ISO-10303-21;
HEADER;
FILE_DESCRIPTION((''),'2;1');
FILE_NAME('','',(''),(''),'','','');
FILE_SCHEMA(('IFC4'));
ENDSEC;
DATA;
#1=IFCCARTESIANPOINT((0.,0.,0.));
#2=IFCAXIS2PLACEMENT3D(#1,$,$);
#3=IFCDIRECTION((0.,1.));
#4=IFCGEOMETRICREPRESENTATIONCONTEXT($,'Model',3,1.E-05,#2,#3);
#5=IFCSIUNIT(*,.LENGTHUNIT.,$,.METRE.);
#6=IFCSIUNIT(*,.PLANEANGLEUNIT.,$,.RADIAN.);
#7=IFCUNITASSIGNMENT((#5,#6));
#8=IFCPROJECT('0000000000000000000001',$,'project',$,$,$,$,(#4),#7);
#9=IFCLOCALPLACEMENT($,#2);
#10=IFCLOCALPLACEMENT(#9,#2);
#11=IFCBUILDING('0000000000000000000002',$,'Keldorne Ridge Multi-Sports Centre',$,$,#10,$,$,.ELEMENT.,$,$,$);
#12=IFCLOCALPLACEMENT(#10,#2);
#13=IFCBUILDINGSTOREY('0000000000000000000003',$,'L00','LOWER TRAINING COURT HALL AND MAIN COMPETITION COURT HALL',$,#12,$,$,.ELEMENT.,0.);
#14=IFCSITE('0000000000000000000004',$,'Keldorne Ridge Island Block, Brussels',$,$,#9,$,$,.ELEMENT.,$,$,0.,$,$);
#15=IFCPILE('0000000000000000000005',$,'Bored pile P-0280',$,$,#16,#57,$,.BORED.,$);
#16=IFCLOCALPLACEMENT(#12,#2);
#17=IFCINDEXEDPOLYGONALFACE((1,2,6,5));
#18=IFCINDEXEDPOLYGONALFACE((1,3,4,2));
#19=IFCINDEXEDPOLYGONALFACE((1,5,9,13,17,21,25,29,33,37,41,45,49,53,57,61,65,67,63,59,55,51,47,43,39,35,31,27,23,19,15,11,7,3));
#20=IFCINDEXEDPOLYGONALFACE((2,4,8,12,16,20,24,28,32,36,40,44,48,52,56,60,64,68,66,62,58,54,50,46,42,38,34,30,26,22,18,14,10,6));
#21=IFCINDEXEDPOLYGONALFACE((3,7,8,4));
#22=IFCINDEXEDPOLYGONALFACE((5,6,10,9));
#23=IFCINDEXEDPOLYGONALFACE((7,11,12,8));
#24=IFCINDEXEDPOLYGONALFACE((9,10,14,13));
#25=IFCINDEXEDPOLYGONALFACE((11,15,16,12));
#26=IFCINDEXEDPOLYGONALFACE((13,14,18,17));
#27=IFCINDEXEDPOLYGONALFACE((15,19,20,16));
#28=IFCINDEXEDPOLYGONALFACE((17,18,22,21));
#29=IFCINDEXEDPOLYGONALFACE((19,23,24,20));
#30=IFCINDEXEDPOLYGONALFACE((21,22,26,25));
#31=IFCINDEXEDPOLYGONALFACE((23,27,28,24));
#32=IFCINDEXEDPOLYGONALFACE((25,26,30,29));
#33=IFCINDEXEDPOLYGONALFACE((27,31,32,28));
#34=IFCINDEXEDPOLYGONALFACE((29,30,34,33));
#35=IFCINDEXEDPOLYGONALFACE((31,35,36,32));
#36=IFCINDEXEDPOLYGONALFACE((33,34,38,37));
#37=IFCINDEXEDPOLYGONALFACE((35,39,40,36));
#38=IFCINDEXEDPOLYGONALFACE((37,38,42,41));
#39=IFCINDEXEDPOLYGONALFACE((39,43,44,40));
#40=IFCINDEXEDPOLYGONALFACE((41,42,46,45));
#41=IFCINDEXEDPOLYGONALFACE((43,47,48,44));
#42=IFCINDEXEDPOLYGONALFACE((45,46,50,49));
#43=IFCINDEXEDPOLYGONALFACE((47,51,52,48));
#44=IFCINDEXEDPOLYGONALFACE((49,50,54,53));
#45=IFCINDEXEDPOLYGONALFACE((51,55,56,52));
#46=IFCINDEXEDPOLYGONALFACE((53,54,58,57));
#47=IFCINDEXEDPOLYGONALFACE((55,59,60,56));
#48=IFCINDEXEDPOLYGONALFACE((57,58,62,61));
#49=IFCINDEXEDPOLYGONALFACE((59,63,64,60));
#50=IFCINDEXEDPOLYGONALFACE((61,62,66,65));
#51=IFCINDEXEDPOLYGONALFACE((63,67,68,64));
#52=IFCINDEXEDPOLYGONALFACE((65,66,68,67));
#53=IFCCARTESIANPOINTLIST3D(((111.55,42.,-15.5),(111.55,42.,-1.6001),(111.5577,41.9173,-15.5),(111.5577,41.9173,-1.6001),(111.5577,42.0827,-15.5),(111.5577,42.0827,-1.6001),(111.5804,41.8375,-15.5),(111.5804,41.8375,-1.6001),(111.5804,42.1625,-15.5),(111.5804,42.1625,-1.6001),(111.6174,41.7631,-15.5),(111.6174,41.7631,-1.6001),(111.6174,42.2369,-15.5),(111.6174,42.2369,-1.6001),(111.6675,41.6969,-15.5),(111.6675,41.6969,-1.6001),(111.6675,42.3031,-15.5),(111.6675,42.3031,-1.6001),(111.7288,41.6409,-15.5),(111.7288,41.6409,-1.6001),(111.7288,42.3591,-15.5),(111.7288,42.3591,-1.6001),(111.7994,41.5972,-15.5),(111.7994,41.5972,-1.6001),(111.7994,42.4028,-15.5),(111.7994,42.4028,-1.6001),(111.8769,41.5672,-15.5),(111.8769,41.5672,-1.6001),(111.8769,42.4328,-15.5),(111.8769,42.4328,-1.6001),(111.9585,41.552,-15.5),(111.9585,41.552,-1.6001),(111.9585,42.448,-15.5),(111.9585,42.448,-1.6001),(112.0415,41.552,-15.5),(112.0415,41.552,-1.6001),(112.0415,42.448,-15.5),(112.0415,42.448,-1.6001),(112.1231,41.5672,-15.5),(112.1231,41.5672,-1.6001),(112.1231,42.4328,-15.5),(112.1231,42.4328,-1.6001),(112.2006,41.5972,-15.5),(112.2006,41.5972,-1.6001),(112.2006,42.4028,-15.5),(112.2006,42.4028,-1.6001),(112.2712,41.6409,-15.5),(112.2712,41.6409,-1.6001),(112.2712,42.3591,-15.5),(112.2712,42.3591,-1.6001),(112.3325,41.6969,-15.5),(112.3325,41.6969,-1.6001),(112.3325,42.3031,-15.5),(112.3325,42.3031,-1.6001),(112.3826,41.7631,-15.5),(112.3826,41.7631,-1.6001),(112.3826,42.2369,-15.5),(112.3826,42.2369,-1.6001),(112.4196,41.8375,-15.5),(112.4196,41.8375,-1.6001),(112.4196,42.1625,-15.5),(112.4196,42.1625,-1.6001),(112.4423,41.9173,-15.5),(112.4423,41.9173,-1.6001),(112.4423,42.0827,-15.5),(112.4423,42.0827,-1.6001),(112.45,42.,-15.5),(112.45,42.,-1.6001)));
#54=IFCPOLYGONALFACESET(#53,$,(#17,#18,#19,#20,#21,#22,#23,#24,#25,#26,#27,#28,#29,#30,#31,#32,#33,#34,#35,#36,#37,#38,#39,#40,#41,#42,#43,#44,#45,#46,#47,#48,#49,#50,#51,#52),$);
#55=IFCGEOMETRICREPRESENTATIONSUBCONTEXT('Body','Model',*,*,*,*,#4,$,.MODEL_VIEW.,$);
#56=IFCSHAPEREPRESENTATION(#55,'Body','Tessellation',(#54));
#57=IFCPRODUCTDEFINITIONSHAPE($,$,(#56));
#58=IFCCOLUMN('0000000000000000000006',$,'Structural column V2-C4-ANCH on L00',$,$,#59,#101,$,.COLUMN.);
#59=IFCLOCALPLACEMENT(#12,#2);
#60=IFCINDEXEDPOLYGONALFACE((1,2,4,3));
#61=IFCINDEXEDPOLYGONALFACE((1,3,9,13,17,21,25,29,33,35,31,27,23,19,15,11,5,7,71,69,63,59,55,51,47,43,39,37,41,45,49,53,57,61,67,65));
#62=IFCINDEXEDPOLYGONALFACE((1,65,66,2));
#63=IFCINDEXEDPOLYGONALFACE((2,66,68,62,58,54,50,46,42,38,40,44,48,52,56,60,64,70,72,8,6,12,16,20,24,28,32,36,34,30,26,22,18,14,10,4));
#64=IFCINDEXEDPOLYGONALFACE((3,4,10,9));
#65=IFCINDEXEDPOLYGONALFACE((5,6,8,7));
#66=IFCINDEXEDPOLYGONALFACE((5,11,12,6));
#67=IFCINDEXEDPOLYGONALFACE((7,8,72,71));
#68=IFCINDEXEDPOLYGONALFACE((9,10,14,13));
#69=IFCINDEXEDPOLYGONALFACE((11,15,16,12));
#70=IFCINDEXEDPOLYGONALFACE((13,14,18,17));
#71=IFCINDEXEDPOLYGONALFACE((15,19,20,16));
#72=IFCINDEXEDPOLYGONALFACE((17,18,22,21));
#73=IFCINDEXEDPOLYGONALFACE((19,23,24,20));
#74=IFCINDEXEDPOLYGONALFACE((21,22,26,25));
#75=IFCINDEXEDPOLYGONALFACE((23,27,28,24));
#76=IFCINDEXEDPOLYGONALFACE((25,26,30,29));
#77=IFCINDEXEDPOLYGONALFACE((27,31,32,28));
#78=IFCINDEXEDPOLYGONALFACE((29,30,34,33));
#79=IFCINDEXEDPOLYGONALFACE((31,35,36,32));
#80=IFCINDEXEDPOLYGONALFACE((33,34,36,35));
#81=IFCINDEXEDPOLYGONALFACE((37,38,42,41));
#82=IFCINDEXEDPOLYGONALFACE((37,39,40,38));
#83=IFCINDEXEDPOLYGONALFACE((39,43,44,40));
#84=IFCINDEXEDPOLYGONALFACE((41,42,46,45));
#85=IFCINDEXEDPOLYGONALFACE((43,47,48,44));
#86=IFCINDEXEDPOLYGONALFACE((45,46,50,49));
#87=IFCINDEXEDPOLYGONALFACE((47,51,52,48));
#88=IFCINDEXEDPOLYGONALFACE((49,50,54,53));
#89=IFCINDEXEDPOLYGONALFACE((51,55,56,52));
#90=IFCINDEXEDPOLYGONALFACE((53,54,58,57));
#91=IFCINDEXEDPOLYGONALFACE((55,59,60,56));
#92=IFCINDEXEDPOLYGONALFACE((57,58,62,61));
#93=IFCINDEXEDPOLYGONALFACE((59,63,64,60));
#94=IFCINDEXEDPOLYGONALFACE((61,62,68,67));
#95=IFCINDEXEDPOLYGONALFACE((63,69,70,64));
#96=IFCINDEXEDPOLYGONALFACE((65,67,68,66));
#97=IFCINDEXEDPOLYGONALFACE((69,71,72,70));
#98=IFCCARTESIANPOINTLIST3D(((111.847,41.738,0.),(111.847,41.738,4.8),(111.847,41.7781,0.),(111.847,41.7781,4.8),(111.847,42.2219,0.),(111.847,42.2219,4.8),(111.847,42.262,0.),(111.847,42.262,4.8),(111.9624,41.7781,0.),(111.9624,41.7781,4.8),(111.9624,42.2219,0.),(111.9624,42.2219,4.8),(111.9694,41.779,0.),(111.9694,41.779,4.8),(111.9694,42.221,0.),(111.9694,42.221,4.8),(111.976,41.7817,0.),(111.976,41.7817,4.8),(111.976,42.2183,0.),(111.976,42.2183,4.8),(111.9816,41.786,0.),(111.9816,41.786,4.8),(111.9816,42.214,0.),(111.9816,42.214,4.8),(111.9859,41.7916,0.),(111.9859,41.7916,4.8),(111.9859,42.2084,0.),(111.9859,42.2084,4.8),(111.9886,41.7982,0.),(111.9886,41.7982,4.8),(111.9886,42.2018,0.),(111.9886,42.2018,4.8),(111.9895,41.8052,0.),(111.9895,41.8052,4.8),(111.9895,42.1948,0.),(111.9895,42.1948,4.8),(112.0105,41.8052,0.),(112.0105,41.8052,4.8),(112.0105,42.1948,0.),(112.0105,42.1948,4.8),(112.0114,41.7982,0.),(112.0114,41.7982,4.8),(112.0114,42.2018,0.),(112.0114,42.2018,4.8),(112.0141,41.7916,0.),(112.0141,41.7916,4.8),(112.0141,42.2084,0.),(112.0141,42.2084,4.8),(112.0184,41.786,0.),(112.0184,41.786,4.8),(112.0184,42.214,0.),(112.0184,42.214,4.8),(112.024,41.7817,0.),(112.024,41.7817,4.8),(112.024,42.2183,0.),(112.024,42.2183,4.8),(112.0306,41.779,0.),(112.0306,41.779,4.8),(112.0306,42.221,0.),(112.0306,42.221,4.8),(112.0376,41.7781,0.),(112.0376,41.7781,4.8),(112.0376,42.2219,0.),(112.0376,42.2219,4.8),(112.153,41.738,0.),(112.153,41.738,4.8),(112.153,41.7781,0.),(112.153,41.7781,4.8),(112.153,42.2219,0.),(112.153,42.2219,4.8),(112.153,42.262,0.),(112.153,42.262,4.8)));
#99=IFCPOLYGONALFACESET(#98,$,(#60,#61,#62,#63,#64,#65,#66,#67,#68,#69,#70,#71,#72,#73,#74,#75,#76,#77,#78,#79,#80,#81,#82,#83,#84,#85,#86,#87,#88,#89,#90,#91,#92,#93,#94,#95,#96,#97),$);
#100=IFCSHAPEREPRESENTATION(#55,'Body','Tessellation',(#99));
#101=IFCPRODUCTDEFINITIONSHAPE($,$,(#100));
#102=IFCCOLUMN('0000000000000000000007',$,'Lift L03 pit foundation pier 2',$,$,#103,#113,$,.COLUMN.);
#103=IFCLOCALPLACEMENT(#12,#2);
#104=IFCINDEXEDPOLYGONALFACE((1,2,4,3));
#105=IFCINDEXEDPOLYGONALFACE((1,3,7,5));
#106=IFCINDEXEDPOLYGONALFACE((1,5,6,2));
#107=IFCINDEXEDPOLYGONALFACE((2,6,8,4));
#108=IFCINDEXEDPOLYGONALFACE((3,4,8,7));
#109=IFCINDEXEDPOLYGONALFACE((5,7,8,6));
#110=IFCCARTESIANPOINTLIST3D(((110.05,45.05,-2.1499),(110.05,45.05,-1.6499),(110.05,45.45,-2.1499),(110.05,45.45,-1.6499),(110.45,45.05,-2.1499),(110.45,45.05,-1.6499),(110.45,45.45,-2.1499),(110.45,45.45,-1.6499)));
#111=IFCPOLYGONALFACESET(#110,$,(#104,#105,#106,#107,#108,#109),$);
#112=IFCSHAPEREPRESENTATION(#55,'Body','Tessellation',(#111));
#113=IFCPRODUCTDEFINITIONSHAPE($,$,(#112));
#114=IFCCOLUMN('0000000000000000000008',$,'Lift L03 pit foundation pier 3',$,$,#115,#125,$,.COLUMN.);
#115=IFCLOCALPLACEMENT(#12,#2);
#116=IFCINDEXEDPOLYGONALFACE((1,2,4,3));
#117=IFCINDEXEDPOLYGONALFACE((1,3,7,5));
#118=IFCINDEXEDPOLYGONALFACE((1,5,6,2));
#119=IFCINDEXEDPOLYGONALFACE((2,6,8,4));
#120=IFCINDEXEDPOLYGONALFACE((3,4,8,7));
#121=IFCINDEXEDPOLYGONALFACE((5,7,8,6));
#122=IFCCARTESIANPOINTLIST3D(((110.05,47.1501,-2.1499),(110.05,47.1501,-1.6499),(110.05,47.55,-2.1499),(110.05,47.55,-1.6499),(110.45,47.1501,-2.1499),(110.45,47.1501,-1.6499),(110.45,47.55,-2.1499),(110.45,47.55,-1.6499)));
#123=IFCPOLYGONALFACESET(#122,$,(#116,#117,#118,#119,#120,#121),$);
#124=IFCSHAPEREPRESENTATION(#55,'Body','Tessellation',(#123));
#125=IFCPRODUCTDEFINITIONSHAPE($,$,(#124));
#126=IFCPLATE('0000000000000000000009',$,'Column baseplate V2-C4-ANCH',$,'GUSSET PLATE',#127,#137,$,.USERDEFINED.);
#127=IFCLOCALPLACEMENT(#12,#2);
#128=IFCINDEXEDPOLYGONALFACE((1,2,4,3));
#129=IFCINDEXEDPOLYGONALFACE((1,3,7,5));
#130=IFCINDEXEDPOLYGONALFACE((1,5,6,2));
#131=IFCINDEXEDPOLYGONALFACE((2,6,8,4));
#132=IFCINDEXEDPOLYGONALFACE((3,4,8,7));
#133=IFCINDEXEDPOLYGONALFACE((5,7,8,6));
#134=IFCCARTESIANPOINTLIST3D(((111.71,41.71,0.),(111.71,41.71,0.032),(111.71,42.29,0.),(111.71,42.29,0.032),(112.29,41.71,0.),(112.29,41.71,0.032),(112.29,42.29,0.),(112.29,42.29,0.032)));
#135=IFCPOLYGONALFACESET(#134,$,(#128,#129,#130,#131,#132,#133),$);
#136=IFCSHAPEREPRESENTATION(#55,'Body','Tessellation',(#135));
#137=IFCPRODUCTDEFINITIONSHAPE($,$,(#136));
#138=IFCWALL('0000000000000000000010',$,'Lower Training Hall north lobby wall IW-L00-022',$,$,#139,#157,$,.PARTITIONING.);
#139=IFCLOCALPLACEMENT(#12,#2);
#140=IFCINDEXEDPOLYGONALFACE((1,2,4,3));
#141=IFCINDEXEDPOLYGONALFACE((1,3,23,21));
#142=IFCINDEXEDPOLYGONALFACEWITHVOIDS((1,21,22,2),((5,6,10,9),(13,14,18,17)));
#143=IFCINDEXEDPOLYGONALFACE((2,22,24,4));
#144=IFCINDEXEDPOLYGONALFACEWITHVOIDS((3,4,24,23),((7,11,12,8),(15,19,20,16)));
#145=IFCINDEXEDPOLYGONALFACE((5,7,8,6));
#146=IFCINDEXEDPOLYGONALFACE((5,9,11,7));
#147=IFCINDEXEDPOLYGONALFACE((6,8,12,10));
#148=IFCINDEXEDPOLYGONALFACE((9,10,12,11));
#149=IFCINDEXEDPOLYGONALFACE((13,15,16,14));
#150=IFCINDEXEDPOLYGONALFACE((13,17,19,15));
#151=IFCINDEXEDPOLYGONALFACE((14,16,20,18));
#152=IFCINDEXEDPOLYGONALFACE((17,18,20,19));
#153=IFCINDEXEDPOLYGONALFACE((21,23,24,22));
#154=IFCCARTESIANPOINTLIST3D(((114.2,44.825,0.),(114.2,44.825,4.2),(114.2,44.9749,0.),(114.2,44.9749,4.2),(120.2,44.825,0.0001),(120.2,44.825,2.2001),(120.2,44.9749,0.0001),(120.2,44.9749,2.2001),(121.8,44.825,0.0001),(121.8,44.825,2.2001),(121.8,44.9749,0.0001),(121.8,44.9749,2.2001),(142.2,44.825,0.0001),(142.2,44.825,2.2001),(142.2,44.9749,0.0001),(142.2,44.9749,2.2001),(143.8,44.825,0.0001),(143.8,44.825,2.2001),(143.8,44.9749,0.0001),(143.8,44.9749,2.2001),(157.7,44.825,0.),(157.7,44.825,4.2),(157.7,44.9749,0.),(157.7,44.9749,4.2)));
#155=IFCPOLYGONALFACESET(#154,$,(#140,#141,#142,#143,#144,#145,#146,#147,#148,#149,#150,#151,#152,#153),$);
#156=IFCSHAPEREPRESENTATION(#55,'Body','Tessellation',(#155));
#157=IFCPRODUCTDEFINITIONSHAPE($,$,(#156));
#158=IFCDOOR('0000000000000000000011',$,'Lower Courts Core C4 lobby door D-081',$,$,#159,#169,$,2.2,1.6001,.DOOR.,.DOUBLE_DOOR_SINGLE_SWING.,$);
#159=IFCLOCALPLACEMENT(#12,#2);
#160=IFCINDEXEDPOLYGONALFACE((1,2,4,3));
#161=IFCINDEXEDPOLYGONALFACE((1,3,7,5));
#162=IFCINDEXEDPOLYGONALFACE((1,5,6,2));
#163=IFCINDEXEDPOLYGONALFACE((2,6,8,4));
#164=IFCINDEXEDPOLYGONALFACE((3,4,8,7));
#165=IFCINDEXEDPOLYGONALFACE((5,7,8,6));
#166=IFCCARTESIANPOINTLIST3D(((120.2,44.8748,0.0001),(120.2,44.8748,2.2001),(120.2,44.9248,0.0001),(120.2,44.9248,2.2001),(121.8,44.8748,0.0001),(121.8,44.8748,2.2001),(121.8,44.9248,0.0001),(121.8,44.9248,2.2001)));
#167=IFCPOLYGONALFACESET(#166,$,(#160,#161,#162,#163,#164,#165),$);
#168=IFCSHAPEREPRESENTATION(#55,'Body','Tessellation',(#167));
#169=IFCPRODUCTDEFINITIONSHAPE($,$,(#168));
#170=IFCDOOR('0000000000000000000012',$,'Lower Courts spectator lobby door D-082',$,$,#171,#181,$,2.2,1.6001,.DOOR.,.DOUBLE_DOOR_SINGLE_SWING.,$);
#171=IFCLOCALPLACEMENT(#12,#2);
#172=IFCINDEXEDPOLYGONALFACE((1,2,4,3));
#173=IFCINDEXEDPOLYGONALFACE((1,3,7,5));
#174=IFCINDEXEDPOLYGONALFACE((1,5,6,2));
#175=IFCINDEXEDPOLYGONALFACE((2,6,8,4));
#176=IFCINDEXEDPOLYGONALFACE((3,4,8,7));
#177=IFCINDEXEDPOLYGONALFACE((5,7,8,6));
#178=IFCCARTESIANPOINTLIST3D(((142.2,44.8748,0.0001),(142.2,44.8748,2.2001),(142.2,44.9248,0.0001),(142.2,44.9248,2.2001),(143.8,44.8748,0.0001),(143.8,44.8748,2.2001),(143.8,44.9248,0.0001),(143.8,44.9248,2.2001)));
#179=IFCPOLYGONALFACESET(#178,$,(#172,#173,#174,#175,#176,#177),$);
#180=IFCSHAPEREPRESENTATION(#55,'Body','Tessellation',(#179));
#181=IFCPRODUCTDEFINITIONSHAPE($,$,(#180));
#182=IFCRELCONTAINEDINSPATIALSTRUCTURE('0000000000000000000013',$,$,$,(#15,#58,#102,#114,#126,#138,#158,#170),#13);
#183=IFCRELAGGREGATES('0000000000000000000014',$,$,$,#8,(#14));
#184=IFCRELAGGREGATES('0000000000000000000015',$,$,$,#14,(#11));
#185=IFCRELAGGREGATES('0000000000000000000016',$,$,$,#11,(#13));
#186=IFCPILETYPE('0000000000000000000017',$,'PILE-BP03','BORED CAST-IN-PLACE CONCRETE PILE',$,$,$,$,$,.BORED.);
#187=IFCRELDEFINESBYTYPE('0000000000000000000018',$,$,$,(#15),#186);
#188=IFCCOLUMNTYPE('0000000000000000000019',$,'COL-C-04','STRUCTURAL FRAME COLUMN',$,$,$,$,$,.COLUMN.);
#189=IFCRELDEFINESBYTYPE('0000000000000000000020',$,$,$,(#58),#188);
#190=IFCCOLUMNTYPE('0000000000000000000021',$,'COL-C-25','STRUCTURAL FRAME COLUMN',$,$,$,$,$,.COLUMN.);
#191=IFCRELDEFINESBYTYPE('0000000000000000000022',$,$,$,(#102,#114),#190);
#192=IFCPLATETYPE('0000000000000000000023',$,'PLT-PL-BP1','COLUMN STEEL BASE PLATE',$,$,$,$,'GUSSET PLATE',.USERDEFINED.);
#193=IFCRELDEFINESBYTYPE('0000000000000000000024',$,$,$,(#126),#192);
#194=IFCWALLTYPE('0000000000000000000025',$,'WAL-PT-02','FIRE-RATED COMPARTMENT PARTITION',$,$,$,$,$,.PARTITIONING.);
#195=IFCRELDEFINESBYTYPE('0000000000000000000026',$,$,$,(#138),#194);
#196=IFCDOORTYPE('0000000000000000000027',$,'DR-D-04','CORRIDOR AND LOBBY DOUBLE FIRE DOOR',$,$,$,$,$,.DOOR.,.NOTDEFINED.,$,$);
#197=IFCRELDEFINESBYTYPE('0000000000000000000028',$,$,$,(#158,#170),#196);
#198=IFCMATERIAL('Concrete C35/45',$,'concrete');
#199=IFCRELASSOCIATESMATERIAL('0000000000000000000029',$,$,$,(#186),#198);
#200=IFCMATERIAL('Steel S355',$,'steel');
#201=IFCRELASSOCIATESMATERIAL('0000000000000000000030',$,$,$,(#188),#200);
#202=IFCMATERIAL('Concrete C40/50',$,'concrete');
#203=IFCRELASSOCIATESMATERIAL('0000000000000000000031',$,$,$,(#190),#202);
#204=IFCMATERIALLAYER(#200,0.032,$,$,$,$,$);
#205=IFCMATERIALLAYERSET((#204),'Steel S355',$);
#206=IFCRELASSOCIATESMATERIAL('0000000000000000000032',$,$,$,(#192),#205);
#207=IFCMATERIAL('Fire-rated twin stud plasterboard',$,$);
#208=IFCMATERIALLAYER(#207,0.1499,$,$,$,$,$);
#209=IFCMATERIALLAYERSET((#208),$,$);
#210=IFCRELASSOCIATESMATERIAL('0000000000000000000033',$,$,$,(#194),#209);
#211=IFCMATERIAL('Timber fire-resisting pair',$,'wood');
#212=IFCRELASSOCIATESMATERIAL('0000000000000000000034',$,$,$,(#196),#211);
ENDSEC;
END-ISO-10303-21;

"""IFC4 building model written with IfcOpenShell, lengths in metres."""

from ifc_helpers import new_model, si_unit, direction, frame, frame_2d, origin, origin_2d, place, context, subcontext, project, spatial, rectangle, circle, i_section, extrude, material, layer, layer_set, material_profile, profile_set, type_object, element, fill, save


model = new_model("IFC4")

# Units and contexts
model_context = context("Model", 3, precision=1e-05, world=origin(), true_north=direction((0.0, 1.0)))
body_context = subcontext(model_context, "Body", "Model", "MODEL_VIEW")
ifc_project = project(units=[si_unit("LENGTHUNIT", "METRE"), si_unit("PLANEANGLEUNIT", "RADIAN")], contexts=[model_context])

# Site, building, storey
site_placement = place(None, origin())
site = spatial("IfcSite", under=ifc_project, at=site_placement, Name="Keldorne Ridge Island Block, Brussels", CompositionType="ELEMENT", RefElevation=0.0)
building_placement = place(site_placement, origin())
building = spatial("IfcBuilding", under=site, at=building_placement, Name="Keldorne Ridge Multi-Sports Centre", CompositionType="ELEMENT")
storey_placement = place(building_placement, origin())
storey = spatial("IfcBuildingStorey", under=building, at=storey_placement, Name="L00", Description="LOWER TRAINING COURT HALL AND MAIN COMPETITION COURT HALL", CompositionType="ELEMENT", Elevation=0.0)

# Shared definitions
ifc_material_1 = material(Name="Concrete C35/45", Category="concrete")

# Pile
ifc_material_profile_1 = material_profile(ifc_material_1, circle(Radius=0.45, at=origin_2d()), Name="BORED PILE D900")
ifc_profile_set_1 = profile_set([ifc_material_profile_1], Name="Concrete C35/45")
pile_type = type_object("IfcPileType", Name="PILE-BP03", Description="BORED CAST-IN-PLACE CONCRETE PILE", PredefinedType="BORED", material=ifc_profile_set_1)
pile_placement = place(storey_placement, frame((112.0, 42.0, -1.6001), z_axis=(0.0, 0.0, -1.0), x_axis=(1.0, 0.0, 0.0)))
element("IfcPile", 1, at=pile_placement, inside=storey, type_object=pile_type, Name="Bored pile P-0280", PredefinedType="BORED", context=body_context, shape_type="SweptSolid", body=[
    extrude(circle(Radius=0.45, at=origin_2d()), origin(), (0.0, 0.0, 1.0), 13.8999),
])

# Columns
ifc_material_2 = material(Name="Steel S355", Category="steel")
ifc_material_profile_2 = material_profile(ifc_material_2, i_section(OverallWidth=0.3059, OverallDepth=0.5239, WebThickness=0.021, FlangeThickness=0.04, FilletRadius=0.0271, at=origin_2d()), Name="HEM 500")
ifc_profile_set_2 = profile_set([ifc_material_profile_2], Name="Steel S355")
column_type_1 = type_object("IfcColumnType", Name="COL-C-04", Description="STRUCTURAL FRAME COLUMN", PredefinedType="COLUMN", material=ifc_profile_set_2)
column_placement = place(storey_placement, frame((112.0, 42.0, 0.0), z_axis=(0.0, 0.0, 1.0), x_axis=(1.0, 0.0, 0.0)))
element("IfcColumn", 2, at=column_placement, inside=storey, type_object=column_type_1, Name="Structural column V2-C4-ANCH on L00", PredefinedType="COLUMN", context=body_context, shape_type="SweptSolid", body=[
    extrude(i_section(OverallWidth=0.3059, OverallDepth=0.5239, WebThickness=0.021, FlangeThickness=0.04, FilletRadius=0.0271, at=origin_2d()), origin(), (0.0, 0.0, 1.0), 4.8),
])
ifc_material_3 = material(Name="Concrete C40/50", Category="concrete")
ifc_material_profile_3 = material_profile(ifc_material_3, rectangle(XDim=0.3999, YDim=0.3999, at=origin_2d()), Name="RC 400x400")
ifc_profile_set_3 = profile_set([ifc_material_profile_3], Name="Concrete C40/50")
column_type_2 = type_object("IfcColumnType", Name="COL-C-25", Description="STRUCTURAL FRAME COLUMN", PredefinedType="COLUMN", material=ifc_profile_set_3)
for number, where, z_axis, x_axis, name in (
    (3, (110.25, 45.25, -2.1499), (0.0, 0.0, 1.0), (1.0, 0.0, 0.0), "Lift L03 pit foundation pier 2"),
    (4, (110.25, 47.3501, -2.1499), (0.0, 0.0, 1.0), (1.0, 0.0, 0.0), "Lift L03 pit foundation pier 3"),
):
    element("IfcColumn", number, at=place(storey_placement, frame(where, z_axis=z_axis, x_axis=x_axis)), inside=storey, type_object=column_type_2, Name=name, PredefinedType="COLUMN", context=body_context, shape_type="SweptSolid", body=[
        extrude(rectangle(XDim=0.3999, YDim=0.3999, at=origin_2d()), origin(), (0.0, 0.0, 1.0), 0.5),
    ])

# Plate
ifc_layer_1 = layer(ifc_material_2, 0.032)
ifc_layer_set_1 = layer_set([ifc_layer_1], Name="Steel S355")
plate_type = type_object("IfcPlateType", Name="PLT-PL-BP1", Description="COLUMN STEEL BASE PLATE", ElementType="GUSSET PLATE", PredefinedType="USERDEFINED", material=ifc_layer_set_1)
plate_placement = place(storey_placement, frame((112.0, 42.0, 0.0), z_axis=(0.0, 0.0, 1.0), x_axis=(1.0, 0.0, 0.0)))
element("IfcPlate", 5, at=plate_placement, inside=storey, type_object=plate_type, Name="Column baseplate V2-C4-ANCH", ObjectType="GUSSET PLATE", PredefinedType="USERDEFINED", context=body_context, shape_type="SweptSolid", body=[
    extrude(rectangle(XDim=0.5801, YDim=0.5801, at=origin_2d()), origin(), (0.0, 0.0, 1.0), 0.032),
])

# Wall, openings, doors
ifc_material_4 = material(Name="Fire-rated twin stud plasterboard")
ifc_layer_2 = layer(ifc_material_4, 0.1499)
ifc_layer_set_2 = layer_set([ifc_layer_2])
wall_type_1 = type_object("IfcWallType", Name="WAL-PT-02", Description="FIRE-RATED COMPARTMENT PARTITION", PredefinedType="PARTITIONING", material=ifc_layer_set_2)
wall_1_placement = place(storey_placement, frame((114.2, 44.8999, 0.0), z_axis=(0.0, 0.0, 1.0), x_axis=(1.0, 0.0, 0.0)))
wall_1 = element("IfcWall", 6, at=wall_1_placement, inside=storey, type_object=wall_type_1, Name="Lower Training Hall north lobby wall IW-L00-022", PredefinedType="PARTITIONING", context=body_context, shape_type="SweptSolid", body=[
    extrude(rectangle(XDim=43.5, YDim=0.1499, at=frame_2d((21.75, 0.0))), origin(), (0.0, 0.0, 1.0), 4.2),
])
opening_1_placement = place(wall_1_placement, frame((6.0, 0.0, 0.0)))
opening_1 = element("IfcOpeningElement", 7, at=opening_1_placement, cuts=wall_1, PredefinedType="OPENING", context=body_context, shape_type="SweptSolid", body=[
    extrude(rectangle(XDim=1.6001, YDim=2.2, at=frame_2d((0.8, 1.1001))), frame((0.0, 0.085, 0.0), z_axis=(0.0, -1.0, 0.0), x_axis=(1.0, 0.0, 0.0)), (0.0, 0.0, 1.0), 0.1699),
])
opening_2_placement = place(wall_1_placement, frame((28.0, 0.0, 0.0)))
opening_2 = element("IfcOpeningElement", 8, at=opening_2_placement, cuts=wall_1, PredefinedType="OPENING", context=body_context, shape_type="SweptSolid", body=[
    extrude(rectangle(XDim=1.6001, YDim=2.2, at=frame_2d((0.8, 1.1001))), frame((0.0, 0.085, 0.0), z_axis=(0.0, -1.0, 0.0), x_axis=(1.0, 0.0, 0.0)), (0.0, 0.0, 1.0), 0.1699),
])
ifc_material_5 = material(Name="Timber fire-resisting pair", Category="wood")
door_type_1 = type_object("IfcDoorType", Name="DR-D-04", Description="CORRIDOR AND LOBBY DOUBLE FIRE DOOR", OperationType="NOTDEFINED", PredefinedType="DOOR", material=ifc_material_5)
door_1_placement = place(opening_1_placement, origin())
door_1 = element("IfcDoor", 9, at=door_1_placement, inside=storey, type_object=door_type_1, Name="Lower Courts Core C4 lobby door D-081", OperationType="DOUBLE_DOOR_SINGLE_SWING", OverallHeight=2.2, OverallWidth=1.6001, PredefinedType="DOOR", context=body_context, shape_type="SweptSolid", body=[
    extrude(rectangle(XDim=1.6001, YDim=2.2, at=frame_2d((0.8, 1.1001))), frame((0.0, 0.0249, 0.0), z_axis=(0.0, -1.0, 0.0), x_axis=(1.0, 0.0, 0.0)), (0.0, 0.0, 1.0), 0.05),
])
fill(opening_1, door_1)
door_2_placement = place(opening_2_placement, origin())
door_2 = element("IfcDoor", 10, at=door_2_placement, inside=storey, type_object=door_type_1, Name="Lower Courts spectator lobby door D-082", OperationType="DOUBLE_DOOR_SINGLE_SWING", OverallHeight=2.2, OverallWidth=1.6001, PredefinedType="DOOR", context=body_context, shape_type="SweptSolid", body=[
    extrude(rectangle(XDim=1.6001, YDim=2.2, at=frame_2d((0.8, 1.1001))), frame((0.0, 0.0249, 0.0), z_axis=(0.0, -1.0, 0.0), x_axis=(1.0, 0.0, 0.0)), (0.0, 0.0, 1.0), 0.05),
])
fill(opening_2, door_2)

save(model, "model.ifc")
